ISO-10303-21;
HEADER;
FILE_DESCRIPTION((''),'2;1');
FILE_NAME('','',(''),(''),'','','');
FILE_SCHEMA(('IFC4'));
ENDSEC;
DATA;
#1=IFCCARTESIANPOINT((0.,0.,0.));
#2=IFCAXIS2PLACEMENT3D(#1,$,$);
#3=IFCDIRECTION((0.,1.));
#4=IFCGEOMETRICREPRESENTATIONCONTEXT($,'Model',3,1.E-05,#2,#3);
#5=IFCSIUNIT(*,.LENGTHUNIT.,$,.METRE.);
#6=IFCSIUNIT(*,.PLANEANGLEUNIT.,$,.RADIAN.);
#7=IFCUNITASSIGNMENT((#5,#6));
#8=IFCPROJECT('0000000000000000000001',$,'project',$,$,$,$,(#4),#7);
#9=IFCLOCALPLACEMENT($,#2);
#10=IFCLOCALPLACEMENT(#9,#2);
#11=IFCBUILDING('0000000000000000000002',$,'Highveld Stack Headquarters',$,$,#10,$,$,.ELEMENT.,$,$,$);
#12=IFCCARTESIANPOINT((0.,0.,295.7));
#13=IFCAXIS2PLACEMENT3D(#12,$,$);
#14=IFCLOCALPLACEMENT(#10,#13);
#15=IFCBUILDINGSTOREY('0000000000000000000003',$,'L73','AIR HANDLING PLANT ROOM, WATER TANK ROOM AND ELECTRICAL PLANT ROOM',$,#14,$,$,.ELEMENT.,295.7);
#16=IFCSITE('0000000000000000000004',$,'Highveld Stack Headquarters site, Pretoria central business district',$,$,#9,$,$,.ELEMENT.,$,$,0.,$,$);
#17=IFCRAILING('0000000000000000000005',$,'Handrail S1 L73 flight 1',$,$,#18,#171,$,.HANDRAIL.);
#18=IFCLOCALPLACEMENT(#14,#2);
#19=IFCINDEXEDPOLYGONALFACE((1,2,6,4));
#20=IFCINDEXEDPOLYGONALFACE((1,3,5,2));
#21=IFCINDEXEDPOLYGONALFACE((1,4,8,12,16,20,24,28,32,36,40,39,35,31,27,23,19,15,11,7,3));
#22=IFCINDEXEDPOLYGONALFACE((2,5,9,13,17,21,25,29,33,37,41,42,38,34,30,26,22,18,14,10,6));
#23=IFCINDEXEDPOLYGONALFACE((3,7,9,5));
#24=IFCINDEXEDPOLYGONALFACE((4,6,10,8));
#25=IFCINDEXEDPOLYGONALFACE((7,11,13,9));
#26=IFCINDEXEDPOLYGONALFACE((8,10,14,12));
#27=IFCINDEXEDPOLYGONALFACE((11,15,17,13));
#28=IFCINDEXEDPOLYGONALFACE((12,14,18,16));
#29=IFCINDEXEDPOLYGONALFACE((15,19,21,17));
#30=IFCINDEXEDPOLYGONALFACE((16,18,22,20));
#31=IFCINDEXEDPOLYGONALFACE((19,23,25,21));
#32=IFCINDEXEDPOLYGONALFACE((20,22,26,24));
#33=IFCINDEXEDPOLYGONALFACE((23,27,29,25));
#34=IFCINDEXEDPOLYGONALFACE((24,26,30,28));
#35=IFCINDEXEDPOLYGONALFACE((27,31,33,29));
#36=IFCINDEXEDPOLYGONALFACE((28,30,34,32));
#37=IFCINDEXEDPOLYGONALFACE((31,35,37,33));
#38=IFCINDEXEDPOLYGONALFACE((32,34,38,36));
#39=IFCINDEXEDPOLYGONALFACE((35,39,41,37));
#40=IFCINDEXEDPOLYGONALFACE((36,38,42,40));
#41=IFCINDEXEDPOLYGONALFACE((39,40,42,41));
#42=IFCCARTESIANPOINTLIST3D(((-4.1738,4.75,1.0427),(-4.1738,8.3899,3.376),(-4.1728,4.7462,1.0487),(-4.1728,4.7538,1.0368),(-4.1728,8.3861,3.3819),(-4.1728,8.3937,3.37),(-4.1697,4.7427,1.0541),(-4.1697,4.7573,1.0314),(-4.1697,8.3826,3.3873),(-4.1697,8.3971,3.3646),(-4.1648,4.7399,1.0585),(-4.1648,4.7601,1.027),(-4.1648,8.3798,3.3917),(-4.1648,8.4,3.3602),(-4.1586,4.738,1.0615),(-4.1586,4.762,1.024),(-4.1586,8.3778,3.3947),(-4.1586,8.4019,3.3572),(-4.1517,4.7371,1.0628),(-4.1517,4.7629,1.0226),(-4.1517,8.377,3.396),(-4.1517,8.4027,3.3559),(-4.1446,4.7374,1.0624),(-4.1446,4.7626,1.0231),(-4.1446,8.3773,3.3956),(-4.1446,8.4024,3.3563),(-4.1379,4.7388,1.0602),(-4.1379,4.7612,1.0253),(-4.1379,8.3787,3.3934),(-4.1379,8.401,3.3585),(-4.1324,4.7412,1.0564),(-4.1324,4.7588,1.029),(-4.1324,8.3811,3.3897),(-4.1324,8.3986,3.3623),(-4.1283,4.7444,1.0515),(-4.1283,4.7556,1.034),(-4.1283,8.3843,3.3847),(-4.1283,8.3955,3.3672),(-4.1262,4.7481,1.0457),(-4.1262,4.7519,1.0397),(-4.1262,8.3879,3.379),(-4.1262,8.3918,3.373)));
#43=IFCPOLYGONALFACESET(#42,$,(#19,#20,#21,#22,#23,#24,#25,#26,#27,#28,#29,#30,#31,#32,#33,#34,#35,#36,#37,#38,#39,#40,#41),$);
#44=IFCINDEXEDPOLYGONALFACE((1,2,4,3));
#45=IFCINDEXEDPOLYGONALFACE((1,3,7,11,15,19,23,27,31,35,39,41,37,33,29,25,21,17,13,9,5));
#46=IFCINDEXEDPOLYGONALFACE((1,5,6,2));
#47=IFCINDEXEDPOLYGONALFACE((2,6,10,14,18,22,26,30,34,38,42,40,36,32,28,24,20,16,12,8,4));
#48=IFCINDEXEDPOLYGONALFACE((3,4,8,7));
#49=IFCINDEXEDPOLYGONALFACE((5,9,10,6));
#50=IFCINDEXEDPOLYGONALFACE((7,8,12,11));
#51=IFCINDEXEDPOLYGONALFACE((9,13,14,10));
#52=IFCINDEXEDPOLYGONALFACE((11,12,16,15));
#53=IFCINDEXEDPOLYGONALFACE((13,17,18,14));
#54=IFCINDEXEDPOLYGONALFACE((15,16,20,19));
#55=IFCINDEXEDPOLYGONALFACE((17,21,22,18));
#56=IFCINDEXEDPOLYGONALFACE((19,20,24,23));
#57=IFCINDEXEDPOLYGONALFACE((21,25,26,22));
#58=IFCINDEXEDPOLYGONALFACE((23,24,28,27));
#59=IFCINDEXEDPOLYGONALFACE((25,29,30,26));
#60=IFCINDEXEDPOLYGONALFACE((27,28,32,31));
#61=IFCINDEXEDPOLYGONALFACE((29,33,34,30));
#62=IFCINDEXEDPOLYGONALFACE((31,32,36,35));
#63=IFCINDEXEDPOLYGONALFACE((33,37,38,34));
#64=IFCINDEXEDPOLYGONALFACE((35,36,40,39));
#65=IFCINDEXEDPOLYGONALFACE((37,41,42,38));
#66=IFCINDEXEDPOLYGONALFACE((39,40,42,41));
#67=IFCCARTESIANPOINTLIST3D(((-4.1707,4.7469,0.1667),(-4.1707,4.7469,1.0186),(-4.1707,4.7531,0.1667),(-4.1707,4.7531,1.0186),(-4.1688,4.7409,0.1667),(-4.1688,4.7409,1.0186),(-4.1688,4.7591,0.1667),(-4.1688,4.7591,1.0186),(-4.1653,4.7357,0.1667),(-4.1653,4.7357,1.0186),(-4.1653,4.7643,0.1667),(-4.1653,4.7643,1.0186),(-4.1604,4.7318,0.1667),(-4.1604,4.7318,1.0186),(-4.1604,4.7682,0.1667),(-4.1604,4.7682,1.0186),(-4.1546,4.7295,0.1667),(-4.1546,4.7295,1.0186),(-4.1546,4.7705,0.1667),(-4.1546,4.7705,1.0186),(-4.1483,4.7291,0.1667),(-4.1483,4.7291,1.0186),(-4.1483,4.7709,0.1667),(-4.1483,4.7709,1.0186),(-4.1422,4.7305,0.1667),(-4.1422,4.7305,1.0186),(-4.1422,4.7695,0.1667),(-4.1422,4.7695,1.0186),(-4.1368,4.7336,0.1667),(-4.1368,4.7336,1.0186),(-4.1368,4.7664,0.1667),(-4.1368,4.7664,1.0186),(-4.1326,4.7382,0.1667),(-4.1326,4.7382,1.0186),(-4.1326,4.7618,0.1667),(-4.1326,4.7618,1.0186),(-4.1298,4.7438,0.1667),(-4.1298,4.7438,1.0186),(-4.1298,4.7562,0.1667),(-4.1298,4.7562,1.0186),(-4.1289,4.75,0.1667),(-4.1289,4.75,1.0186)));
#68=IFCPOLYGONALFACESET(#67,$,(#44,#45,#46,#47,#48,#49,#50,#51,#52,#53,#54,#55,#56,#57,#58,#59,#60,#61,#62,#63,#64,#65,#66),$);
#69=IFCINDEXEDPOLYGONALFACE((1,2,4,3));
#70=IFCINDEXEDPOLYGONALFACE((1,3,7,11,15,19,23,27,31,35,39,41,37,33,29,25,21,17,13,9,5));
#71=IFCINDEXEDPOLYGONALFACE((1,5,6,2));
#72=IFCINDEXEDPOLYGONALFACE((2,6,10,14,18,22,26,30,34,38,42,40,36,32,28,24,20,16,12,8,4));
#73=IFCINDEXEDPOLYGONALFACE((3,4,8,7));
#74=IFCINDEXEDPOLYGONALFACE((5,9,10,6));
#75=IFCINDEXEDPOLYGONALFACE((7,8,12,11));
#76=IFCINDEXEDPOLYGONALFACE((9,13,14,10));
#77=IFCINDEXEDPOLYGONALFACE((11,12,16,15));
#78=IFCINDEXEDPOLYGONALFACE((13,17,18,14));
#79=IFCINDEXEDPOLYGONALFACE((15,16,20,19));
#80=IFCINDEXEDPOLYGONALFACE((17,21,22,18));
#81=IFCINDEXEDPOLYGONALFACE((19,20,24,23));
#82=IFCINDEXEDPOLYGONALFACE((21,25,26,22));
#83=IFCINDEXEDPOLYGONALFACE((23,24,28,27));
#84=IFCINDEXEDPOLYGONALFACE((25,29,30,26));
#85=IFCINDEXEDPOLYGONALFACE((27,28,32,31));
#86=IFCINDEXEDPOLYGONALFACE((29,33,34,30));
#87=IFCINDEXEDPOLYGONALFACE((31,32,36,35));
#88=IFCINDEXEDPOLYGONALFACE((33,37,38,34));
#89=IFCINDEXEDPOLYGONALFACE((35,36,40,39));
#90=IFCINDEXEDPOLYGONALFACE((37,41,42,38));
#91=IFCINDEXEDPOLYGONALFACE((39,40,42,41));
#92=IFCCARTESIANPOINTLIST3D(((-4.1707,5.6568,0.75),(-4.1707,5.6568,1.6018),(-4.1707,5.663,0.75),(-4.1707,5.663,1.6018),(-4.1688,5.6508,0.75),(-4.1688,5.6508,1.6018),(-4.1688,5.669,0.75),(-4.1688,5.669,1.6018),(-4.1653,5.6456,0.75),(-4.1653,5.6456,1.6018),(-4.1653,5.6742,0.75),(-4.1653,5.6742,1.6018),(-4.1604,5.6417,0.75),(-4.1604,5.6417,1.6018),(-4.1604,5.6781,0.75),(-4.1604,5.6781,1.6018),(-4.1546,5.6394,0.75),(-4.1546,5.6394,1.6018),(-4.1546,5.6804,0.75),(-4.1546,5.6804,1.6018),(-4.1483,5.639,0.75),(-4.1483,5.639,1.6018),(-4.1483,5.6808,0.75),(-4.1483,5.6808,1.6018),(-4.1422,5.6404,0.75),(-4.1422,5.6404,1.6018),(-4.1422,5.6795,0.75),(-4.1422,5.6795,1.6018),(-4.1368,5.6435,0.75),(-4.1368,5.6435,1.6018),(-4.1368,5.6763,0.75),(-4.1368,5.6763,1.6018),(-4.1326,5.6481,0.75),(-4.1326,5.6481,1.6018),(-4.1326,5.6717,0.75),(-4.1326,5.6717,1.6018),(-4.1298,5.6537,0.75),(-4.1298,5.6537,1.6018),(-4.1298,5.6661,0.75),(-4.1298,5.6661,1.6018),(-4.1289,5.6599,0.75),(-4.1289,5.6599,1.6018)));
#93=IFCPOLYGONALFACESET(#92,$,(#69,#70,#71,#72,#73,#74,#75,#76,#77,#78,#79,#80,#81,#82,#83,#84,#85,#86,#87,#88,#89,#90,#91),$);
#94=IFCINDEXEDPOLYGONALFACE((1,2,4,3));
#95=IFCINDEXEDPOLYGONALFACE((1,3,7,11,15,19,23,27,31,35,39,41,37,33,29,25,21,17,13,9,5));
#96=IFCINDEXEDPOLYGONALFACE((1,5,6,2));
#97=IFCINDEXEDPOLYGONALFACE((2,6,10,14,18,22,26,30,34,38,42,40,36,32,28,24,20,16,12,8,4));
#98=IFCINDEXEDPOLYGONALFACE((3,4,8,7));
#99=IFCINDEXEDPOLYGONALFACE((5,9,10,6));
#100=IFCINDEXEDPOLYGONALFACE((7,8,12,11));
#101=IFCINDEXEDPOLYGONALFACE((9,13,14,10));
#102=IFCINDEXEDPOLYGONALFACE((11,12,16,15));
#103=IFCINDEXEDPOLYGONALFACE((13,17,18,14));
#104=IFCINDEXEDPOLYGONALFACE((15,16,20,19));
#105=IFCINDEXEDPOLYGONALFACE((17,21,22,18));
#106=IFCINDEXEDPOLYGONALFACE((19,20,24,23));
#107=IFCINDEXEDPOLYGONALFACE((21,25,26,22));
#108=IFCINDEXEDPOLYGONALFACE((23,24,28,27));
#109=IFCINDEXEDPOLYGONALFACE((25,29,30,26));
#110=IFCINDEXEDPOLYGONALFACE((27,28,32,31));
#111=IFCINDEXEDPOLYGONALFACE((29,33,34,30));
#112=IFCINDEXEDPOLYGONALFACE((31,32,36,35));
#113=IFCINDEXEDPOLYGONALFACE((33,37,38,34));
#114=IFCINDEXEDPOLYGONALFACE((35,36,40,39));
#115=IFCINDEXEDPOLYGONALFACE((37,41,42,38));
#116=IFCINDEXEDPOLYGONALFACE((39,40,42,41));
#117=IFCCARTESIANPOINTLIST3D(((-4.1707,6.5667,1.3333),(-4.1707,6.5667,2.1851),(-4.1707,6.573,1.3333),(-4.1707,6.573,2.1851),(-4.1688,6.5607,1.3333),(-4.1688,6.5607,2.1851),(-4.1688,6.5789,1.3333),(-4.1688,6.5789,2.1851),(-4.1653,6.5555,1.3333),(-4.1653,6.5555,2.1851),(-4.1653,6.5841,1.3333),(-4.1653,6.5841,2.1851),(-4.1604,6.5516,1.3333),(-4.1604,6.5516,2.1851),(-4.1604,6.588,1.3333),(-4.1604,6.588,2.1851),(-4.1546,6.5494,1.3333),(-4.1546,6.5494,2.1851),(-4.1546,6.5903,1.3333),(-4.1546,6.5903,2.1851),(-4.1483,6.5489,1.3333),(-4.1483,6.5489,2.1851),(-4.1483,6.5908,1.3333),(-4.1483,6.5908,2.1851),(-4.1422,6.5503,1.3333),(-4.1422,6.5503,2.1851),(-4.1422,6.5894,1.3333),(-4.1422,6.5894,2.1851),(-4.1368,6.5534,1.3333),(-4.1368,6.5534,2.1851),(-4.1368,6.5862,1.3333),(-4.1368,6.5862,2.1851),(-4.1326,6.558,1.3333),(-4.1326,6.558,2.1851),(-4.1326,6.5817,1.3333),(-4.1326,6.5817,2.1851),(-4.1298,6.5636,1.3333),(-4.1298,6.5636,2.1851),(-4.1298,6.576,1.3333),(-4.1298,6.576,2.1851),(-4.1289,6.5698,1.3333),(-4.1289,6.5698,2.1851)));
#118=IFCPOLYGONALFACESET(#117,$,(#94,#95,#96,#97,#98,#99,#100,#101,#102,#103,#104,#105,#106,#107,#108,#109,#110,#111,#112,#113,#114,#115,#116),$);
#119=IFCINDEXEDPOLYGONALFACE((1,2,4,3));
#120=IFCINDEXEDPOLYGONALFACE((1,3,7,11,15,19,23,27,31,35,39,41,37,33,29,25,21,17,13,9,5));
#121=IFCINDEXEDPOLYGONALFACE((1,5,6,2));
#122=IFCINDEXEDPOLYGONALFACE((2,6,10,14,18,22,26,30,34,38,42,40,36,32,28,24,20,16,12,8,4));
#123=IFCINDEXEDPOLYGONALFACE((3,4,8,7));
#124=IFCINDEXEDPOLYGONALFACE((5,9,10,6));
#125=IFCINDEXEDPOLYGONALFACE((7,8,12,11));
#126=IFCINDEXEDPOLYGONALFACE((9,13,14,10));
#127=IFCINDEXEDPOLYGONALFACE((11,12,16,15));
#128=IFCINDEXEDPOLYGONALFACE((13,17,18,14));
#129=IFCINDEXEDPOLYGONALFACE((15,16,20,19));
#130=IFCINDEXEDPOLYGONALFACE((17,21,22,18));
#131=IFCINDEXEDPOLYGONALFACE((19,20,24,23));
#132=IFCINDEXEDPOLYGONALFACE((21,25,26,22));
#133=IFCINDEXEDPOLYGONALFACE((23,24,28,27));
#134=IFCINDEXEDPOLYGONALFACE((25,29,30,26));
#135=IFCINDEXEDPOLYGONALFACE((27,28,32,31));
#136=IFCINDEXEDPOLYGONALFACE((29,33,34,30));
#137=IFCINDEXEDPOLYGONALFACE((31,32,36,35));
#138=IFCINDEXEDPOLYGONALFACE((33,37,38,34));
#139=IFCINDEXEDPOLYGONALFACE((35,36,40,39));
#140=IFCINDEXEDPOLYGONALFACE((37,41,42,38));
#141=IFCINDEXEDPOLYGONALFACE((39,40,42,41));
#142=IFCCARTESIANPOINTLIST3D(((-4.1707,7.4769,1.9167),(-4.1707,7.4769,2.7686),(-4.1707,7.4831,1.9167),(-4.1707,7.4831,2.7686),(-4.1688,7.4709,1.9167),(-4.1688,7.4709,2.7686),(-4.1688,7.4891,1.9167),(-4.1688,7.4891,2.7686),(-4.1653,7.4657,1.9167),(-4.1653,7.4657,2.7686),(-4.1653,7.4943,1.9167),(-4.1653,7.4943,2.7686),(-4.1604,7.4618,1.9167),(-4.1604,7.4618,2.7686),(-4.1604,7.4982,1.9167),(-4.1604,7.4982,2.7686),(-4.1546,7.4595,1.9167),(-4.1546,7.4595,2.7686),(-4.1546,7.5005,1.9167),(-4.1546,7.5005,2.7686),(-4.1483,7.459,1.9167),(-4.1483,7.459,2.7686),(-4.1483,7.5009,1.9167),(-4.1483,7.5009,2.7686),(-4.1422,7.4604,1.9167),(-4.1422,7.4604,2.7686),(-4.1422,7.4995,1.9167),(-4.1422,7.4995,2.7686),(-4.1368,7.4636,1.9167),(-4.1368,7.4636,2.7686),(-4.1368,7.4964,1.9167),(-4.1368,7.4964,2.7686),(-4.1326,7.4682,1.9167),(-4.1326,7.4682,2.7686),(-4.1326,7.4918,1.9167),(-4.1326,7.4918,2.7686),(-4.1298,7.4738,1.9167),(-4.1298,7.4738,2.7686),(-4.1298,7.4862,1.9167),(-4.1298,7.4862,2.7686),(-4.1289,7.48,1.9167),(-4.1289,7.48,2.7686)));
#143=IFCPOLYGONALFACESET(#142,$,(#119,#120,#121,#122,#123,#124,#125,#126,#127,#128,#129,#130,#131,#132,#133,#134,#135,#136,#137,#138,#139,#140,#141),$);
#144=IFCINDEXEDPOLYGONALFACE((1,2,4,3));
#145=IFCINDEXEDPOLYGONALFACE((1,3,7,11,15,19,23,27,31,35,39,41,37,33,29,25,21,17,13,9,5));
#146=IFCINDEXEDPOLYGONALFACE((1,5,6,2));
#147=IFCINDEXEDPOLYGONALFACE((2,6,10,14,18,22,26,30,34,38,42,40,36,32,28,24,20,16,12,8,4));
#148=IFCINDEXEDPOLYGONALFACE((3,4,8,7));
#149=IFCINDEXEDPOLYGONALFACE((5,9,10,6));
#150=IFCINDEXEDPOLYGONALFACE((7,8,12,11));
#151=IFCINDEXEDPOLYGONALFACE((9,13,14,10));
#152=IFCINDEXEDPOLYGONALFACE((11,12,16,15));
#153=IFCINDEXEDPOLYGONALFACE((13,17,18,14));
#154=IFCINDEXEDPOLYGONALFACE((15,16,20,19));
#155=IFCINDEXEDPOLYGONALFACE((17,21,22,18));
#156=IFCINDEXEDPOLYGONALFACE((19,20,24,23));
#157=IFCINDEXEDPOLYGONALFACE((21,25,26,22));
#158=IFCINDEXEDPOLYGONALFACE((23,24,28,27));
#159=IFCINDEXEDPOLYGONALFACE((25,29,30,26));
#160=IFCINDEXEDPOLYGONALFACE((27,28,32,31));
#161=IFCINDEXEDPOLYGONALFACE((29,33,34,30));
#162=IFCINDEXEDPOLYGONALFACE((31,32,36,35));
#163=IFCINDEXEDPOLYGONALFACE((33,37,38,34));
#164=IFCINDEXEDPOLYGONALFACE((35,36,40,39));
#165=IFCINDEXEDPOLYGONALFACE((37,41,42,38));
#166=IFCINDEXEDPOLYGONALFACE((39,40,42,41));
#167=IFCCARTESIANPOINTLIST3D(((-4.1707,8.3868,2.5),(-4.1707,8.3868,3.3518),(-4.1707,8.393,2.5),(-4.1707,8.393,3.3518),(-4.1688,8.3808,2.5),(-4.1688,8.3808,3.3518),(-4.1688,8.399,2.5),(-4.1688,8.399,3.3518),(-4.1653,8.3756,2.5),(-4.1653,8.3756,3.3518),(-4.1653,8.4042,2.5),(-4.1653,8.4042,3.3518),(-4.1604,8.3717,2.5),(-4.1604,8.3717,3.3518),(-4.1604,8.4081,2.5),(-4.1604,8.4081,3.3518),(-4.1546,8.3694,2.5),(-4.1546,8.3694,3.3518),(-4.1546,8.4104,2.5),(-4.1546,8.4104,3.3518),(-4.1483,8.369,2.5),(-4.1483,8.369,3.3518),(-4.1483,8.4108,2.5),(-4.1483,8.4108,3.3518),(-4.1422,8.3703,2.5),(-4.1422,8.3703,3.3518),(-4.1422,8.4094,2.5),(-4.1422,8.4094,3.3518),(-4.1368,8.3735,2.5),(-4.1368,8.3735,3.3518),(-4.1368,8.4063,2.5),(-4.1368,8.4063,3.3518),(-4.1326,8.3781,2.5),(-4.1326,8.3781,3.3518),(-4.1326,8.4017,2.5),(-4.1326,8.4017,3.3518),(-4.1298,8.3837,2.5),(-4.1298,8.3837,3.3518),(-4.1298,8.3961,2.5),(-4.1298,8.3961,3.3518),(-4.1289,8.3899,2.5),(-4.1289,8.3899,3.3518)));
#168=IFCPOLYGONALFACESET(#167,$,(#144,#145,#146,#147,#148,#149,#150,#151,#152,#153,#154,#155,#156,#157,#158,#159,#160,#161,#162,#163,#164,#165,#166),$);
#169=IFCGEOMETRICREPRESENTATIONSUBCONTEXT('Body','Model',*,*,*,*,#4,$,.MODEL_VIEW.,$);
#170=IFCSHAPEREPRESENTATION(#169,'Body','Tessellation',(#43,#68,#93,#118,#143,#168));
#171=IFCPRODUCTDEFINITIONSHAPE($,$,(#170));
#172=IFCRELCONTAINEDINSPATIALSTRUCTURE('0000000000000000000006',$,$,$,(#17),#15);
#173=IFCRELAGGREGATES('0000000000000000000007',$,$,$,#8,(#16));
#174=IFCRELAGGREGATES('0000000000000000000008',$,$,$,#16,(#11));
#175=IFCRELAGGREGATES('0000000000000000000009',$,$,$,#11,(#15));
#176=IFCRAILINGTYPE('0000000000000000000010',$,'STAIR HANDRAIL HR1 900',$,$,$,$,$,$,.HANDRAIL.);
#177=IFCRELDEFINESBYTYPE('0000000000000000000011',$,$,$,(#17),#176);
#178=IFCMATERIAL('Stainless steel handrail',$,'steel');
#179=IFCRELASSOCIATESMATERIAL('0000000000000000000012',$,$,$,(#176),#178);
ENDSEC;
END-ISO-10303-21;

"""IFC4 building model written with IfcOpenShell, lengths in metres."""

from ifc_helpers import new_model, si_unit, direction, frame, origin, origin_2d, place, context, subcontext, project, spatial, circle, extrude, material, type_object, element, save


model = new_model("IFC4")

# Units and contexts
model_context = context("Model", 3, precision=1e-05, world=origin(), true_north=direction((0.0, 1.0)))
body_context = subcontext(model_context, "Body", "Model", "MODEL_VIEW")
ifc_project = project(units=[si_unit("LENGTHUNIT", "METRE"), si_unit("PLANEANGLEUNIT", "RADIAN")], contexts=[model_context])

# Site, building, storey
site_placement = place(None, origin())
site = spatial("IfcSite", under=ifc_project, at=site_placement, Name="Highveld Stack Headquarters site, Pretoria central business district", CompositionType="ELEMENT", RefElevation=0.0)
building_placement = place(site_placement, origin())
building = spatial("IfcBuilding", under=site, at=building_placement, Name="Highveld Stack Headquarters", CompositionType="ELEMENT")
storey_placement = place(building_placement, frame((0.0, 0.0, 295.7)))
storey = spatial("IfcBuildingStorey", under=building, at=storey_placement, Name="L73", Description="AIR HANDLING PLANT ROOM, WATER TANK ROOM AND ELECTRICAL PLANT ROOM", CompositionType="ELEMENT", Elevation=295.7)

# Railing
ifc_material_1 = material(Name="Stainless steel handrail", Category="steel")
railing_type = type_object("IfcRailingType", Name="STAIR HANDRAIL HR1 900", PredefinedType="HANDRAIL", material=ifc_material_1)
for number, where, name in (
    (1, (-4.1499, 4.75, 0.1667), "Handrail S1 L73 flight 1"),
):
    element("IfcRailing", number, at=place(storey_placement, frame(where)), inside=storey, type_object=railing_type, Name=name, PredefinedType="HANDRAIL", context=body_context, shape_type="SweptSolid", body=[
        extrude(circle(Radius=0.0239, at=origin_2d()), frame((0.0, 0.0, 0.876), z_axis=(0.0, 0.84188, 0.539664), x_axis=(-1.0, 0.0, 0.0)), (0.0, 0.0, 1.0), 4.3235),
        extrude(circle(Radius=0.021, at=origin_2d()), origin(), (0.0, 0.0, 1.0), 0.8518),
        extrude(circle(Radius=0.021, at=origin_2d()), frame((0.0, 0.9099, 0.5833)), (0.0, 0.0, 1.0), 0.8518),
        extrude(circle(Radius=0.021, at=origin_2d()), frame((0.0, 1.8198, 1.1665)), (0.0, 0.0, 1.0), 0.8518),
        extrude(circle(Radius=0.021, at=origin_2d()), frame((0.0, 2.73, 1.75)), (0.0, 0.0, 1.0), 0.8518),
        extrude(circle(Radius=0.021, at=origin_2d()), frame((0.0, 3.6399, 2.3333)), (0.0, 0.0, 1.0), 0.8518),
    ])

save(model, "model.ifc")
